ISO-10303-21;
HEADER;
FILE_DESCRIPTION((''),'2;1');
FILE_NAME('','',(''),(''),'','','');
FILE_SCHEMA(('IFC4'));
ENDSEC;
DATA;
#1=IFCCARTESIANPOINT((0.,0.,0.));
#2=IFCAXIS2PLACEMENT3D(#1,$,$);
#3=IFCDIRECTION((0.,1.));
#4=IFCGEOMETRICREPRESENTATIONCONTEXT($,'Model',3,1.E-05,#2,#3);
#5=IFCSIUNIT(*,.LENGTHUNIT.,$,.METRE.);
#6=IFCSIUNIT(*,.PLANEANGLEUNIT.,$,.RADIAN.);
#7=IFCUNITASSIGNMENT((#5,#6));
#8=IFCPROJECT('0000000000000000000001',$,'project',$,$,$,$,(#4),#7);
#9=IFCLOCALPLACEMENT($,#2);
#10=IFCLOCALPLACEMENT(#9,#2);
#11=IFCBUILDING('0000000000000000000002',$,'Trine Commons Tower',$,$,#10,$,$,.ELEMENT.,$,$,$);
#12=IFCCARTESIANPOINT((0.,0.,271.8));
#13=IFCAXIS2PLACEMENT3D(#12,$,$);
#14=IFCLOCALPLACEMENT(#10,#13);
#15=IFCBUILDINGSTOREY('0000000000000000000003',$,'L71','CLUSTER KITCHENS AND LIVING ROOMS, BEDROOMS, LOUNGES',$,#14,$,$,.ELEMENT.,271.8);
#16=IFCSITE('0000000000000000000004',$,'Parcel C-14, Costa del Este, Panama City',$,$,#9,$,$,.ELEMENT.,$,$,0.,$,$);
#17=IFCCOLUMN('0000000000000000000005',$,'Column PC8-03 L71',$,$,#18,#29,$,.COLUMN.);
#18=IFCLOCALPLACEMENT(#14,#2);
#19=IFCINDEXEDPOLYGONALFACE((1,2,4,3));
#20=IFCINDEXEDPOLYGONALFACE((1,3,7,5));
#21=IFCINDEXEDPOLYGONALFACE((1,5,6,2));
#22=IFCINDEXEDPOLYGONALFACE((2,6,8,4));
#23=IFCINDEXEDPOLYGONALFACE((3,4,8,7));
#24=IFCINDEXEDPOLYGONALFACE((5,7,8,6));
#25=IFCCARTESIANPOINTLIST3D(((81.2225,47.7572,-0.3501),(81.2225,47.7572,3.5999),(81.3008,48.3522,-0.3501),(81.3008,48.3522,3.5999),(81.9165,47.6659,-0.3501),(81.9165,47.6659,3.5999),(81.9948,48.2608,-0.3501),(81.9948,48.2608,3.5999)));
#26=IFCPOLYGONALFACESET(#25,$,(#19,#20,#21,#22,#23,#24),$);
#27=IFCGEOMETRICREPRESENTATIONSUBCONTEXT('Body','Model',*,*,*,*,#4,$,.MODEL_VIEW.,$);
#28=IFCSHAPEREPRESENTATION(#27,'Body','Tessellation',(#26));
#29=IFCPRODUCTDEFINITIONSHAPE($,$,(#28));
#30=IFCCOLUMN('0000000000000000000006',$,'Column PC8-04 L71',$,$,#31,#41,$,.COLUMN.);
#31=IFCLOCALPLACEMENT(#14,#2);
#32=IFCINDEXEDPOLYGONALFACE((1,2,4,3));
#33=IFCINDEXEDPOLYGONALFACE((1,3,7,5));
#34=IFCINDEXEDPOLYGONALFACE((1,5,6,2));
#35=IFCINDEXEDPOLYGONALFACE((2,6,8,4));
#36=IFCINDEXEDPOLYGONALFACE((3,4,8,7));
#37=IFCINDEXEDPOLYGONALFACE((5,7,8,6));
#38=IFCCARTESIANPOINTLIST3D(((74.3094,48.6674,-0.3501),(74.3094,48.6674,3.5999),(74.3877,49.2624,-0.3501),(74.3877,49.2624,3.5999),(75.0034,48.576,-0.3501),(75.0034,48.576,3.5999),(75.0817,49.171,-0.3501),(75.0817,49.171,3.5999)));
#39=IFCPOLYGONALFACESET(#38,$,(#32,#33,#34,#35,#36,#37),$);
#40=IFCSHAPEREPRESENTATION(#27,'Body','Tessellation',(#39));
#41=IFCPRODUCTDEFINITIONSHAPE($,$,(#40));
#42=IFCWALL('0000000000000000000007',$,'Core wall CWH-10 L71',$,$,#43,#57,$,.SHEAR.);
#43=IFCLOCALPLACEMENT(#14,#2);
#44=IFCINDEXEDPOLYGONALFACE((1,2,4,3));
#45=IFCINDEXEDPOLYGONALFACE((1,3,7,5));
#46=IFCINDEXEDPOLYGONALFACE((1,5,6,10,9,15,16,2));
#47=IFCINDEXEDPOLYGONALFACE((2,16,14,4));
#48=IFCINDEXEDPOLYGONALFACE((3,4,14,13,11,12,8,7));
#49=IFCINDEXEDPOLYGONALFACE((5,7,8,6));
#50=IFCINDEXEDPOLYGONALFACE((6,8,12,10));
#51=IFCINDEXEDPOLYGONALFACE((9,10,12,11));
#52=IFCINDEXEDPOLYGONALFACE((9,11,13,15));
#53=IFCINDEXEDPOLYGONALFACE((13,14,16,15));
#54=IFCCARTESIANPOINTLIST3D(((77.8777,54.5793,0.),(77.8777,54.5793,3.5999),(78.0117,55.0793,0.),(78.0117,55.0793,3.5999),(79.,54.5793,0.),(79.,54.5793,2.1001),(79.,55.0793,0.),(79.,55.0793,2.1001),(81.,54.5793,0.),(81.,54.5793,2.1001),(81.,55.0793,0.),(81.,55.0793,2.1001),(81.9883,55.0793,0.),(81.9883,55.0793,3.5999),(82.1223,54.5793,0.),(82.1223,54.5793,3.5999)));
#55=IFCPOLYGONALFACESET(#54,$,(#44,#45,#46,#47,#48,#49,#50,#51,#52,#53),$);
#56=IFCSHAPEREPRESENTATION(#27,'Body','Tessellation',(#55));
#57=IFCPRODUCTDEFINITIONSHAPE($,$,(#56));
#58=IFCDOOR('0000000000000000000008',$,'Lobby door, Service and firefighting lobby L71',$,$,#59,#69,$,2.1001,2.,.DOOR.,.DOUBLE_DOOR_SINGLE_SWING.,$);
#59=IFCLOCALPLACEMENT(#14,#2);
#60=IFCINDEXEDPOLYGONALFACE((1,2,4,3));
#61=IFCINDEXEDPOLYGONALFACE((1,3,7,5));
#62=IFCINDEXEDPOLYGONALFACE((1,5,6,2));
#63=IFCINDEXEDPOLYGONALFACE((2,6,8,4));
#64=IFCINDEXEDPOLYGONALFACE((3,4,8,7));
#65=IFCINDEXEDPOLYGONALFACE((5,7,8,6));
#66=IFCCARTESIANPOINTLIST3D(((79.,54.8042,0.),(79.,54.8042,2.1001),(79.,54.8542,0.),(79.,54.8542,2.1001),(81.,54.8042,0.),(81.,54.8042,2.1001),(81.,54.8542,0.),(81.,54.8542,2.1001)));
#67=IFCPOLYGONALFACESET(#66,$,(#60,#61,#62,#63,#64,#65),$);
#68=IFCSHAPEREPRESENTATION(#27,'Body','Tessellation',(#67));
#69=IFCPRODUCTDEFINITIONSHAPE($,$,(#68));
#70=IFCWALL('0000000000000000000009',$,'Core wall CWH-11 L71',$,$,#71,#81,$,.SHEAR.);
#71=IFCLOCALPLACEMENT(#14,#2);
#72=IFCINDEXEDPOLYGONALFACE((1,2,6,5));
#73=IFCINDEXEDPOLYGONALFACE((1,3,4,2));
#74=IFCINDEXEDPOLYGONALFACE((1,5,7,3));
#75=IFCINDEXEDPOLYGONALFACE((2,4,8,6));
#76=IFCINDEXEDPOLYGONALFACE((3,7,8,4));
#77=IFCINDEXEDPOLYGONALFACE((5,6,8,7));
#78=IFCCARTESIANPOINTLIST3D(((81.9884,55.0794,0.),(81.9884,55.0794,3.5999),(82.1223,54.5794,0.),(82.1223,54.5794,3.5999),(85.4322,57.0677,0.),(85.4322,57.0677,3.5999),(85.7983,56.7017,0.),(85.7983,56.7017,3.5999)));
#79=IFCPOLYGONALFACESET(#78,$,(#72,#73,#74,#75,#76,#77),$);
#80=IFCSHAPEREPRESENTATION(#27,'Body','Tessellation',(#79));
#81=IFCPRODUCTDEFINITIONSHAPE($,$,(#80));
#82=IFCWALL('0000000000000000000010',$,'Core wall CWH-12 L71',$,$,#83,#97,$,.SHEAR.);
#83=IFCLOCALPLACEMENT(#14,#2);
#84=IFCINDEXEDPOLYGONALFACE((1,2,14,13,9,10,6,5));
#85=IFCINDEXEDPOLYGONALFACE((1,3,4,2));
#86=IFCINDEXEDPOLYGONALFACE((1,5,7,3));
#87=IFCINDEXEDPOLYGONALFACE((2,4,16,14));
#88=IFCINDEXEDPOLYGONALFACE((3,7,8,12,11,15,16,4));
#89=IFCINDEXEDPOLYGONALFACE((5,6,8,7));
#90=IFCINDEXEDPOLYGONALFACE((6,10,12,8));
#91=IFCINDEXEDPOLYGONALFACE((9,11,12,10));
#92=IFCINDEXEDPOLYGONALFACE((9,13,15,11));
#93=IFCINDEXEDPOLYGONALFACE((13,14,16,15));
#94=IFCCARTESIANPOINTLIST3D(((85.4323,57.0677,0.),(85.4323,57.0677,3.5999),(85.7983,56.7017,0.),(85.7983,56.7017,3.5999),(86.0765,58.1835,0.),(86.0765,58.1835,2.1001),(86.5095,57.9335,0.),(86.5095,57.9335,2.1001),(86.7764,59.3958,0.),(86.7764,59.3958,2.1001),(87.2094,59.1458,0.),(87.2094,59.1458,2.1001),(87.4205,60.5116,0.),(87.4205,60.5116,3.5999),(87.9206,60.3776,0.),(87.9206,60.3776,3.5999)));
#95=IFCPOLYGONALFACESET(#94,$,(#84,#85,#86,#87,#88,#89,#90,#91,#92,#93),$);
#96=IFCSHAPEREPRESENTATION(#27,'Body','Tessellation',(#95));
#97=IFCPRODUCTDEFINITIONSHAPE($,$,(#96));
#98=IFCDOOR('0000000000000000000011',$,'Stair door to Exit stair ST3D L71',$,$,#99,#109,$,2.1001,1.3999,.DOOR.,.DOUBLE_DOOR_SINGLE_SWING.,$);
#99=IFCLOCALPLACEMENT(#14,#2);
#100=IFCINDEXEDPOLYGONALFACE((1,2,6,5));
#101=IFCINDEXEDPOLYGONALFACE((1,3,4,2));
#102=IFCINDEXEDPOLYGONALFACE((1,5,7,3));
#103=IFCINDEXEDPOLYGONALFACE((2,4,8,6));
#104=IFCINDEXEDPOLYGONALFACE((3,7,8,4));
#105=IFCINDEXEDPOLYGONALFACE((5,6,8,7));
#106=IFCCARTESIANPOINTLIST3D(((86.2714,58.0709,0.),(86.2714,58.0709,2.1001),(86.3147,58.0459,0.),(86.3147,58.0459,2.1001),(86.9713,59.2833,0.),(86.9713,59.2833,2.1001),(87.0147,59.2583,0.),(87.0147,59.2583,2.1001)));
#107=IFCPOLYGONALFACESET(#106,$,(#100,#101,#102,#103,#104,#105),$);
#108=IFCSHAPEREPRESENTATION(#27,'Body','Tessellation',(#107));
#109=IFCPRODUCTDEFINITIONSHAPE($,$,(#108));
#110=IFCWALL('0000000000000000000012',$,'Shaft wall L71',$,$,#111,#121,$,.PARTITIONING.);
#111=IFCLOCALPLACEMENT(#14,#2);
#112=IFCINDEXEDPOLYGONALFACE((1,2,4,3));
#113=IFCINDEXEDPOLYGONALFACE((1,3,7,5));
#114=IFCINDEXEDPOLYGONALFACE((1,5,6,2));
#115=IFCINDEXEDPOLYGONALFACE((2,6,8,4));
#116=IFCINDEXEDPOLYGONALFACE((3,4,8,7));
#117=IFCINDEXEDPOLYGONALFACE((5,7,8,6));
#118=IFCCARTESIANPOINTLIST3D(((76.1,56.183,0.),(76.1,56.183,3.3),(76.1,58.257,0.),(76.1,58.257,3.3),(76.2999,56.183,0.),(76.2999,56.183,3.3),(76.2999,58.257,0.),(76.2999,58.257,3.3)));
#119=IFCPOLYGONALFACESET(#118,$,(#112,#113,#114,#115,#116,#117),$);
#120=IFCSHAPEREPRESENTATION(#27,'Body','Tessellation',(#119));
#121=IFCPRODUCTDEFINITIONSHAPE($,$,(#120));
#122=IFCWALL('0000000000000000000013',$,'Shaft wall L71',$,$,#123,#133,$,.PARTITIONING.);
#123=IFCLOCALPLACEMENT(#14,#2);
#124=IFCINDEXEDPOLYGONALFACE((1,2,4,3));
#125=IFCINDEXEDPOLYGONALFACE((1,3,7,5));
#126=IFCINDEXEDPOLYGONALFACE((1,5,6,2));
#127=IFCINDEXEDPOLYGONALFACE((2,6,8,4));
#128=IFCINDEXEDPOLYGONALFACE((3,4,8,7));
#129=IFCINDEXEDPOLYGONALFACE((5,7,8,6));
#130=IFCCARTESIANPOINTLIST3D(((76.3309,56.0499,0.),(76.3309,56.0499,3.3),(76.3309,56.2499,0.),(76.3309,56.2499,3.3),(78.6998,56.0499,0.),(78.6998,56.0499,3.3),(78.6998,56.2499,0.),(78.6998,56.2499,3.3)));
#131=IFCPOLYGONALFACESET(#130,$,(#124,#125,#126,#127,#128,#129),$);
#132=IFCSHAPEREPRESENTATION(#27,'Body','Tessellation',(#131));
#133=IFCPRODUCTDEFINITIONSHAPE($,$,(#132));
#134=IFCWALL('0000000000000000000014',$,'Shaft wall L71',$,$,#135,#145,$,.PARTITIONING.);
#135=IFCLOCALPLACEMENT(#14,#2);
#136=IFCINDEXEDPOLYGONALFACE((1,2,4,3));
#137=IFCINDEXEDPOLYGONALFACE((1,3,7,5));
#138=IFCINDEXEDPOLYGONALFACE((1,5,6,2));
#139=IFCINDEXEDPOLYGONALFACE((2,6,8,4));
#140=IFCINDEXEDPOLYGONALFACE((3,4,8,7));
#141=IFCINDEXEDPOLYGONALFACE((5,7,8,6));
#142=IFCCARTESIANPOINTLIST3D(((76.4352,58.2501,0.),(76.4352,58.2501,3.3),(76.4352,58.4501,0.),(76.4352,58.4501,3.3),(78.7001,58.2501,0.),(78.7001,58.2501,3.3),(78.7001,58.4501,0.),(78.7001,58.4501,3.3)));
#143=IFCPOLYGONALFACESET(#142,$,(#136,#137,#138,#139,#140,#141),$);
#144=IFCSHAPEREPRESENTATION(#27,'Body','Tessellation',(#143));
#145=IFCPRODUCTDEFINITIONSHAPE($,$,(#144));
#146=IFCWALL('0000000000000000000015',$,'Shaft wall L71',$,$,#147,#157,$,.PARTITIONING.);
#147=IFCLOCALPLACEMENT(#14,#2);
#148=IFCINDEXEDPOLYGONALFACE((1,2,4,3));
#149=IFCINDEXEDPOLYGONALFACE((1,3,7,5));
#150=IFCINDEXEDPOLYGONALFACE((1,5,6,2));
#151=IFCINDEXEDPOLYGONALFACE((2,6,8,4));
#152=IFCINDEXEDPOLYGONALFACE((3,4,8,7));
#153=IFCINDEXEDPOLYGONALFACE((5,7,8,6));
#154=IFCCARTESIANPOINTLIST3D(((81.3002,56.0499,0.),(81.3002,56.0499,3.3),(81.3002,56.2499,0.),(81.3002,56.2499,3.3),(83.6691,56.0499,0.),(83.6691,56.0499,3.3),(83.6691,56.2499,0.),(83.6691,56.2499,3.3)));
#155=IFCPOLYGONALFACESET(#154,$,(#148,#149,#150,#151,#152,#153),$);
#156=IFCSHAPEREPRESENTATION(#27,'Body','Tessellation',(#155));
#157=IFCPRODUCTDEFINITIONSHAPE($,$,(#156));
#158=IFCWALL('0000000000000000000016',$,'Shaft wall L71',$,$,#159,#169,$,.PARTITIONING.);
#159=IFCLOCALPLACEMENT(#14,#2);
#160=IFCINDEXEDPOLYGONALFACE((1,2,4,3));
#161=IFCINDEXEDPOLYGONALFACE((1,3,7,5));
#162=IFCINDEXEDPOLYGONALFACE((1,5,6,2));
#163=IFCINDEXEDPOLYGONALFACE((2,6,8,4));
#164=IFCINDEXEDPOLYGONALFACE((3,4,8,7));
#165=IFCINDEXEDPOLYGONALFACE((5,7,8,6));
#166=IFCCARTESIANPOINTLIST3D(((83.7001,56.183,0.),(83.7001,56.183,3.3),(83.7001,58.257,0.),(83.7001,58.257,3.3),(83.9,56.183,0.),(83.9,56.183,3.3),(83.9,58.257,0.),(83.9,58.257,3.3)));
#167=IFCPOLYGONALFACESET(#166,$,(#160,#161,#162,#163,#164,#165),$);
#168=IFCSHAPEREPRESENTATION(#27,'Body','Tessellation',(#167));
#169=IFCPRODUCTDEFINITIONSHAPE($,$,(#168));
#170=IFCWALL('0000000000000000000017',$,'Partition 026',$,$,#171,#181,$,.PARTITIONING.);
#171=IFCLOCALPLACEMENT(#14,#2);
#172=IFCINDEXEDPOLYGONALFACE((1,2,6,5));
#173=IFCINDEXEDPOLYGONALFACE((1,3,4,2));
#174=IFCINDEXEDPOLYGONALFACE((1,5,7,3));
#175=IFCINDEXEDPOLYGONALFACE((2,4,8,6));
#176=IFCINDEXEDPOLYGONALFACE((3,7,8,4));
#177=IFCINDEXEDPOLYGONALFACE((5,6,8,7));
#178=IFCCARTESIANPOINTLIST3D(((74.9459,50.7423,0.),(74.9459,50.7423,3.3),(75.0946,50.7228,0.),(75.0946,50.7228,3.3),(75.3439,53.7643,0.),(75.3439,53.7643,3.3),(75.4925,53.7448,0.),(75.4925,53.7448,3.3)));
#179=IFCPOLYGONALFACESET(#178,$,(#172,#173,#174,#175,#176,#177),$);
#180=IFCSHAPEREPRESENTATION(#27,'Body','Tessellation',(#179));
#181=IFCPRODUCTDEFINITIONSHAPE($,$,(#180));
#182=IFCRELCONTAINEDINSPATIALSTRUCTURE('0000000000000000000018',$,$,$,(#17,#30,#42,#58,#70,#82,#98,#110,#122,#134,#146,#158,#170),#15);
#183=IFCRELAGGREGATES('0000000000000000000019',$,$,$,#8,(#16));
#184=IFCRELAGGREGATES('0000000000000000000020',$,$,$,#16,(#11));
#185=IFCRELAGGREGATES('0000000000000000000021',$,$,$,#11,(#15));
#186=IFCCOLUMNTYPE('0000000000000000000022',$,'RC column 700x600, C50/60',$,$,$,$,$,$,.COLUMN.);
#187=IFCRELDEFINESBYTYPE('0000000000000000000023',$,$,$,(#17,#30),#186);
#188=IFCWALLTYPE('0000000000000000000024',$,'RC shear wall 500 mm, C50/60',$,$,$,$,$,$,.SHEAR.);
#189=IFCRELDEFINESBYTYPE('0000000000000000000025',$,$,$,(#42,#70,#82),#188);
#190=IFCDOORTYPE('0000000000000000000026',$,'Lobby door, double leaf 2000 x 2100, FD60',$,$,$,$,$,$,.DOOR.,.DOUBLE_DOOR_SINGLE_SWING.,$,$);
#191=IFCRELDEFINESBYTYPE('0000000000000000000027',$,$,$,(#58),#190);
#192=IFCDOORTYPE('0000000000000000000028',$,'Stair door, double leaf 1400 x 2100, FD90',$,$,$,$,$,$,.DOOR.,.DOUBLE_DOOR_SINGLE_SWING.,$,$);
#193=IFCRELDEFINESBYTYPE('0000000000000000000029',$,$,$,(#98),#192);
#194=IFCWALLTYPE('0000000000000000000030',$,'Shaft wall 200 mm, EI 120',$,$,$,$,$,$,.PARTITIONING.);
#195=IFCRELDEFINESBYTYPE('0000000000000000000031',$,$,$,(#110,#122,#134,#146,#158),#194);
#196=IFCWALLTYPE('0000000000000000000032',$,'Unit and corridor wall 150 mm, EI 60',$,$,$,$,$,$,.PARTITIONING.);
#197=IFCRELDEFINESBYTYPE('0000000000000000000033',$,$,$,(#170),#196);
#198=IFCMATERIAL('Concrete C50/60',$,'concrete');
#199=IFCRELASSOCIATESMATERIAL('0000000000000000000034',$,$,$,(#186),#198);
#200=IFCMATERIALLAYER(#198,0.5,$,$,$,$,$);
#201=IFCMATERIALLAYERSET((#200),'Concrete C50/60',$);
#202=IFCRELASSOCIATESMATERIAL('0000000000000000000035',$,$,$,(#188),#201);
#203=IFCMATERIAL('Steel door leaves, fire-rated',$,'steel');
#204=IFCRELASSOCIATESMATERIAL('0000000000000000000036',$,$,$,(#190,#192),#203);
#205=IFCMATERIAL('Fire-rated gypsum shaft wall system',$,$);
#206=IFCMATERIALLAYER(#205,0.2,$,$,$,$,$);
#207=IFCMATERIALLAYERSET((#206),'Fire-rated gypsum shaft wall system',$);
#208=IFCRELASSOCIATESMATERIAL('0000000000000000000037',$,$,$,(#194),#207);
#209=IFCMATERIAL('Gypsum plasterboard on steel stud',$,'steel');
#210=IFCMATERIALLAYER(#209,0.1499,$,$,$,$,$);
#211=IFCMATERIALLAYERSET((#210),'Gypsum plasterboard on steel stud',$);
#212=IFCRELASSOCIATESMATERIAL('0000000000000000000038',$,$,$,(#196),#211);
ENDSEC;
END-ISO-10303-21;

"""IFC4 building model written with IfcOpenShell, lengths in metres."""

from ifc_helpers import new_model, si_unit, direction, frame, frame_2d, origin, origin_2d, place, context, subcontext, project, spatial, polyline, rectangle, outline, extrude, material, layer, layer_set, material_profile, profile_set, type_object, element, fill, save


model = new_model("IFC4")

# Units and contexts
model_context = context("Model", 3, precision=1e-05, world=origin(), true_north=direction((0.0, 1.0)))
body_context = subcontext(model_context, "Body", "Model", "MODEL_VIEW")
ifc_project = project(units=[si_unit("LENGTHUNIT", "METRE"), si_unit("PLANEANGLEUNIT", "RADIAN")], contexts=[model_context])

# Site, building, storey
site_placement = place(None, origin())
site = spatial("IfcSite", under=ifc_project, at=site_placement, Name="Parcel C-14, Costa del Este, Panama City", CompositionType="ELEMENT", RefElevation=0.0)
building_placement = place(site_placement, origin())
building = spatial("IfcBuilding", under=site, at=building_placement, Name="Trine Commons Tower", CompositionType="ELEMENT")
storey_placement = place(building_placement, frame((0.0, 0.0, 271.8)))
storey = spatial("IfcBuildingStorey", under=building, at=storey_placement, Name="L71", Description="CLUSTER KITCHENS AND LIVING ROOMS, BEDROOMS, LOUNGES", CompositionType="ELEMENT", Elevation=271.8)

# Columns
ifc_material_1 = material(Name="Concrete C50/60", Category="concrete")
ifc_material_profile = material_profile(ifc_material_1, rectangle(XDim=0.7, YDim=0.6001, at=origin_2d()), Name="RC 700x600")
ifc_profile_set = profile_set([ifc_material_profile], Name="Concrete C50/60")
column_type = type_object("IfcColumnType", Name="RC column 700x600, C50/60", PredefinedType="COLUMN", material=ifc_profile_set)
for number, where, z_axis, x_axis, name in (
    (1, (81.6086, 48.009, -0.3501), (0.0, 0.0, 1.0), (-0.991445, 0.130526, 0.0), "Column PC8-03 L71"),
    (2, (74.6956, 48.9192, -0.3501), (0.0, 0.0, 1.0), (-0.991445, 0.130526, 0.0), "Column PC8-04 L71"),
):
    element("IfcColumn", number, at=place(storey_placement, frame(where, z_axis=z_axis, x_axis=x_axis)), inside=storey, type_object=column_type, Name=name, PredefinedType="COLUMN", context=body_context, shape_type="SweptSolid", body=[
        extrude(rectangle(XDim=0.7, YDim=0.6001, at=origin_2d()), origin(), (0.0, 0.0, 1.0), 3.95),
    ])

# Wall, opening, door
ifc_layer_1 = layer(ifc_material_1, 0.5)
ifc_layer_set_1 = layer_set([ifc_layer_1], Name="Concrete C50/60")
wall_type_1 = type_object("IfcWallType", Name="RC shear wall 500 mm, C50/60", PredefinedType="SHEAR", material=ifc_layer_set_1)
wall_1_placement = place(storey_placement, frame((77.8777, 54.8293, 0.0), z_axis=(0.0, 0.0, 1.0), x_axis=(1.0, 0.0, 0.0)))
wall_1 = element("IfcWall", 3, at=wall_1_placement, inside=storey, type_object=wall_type_1, Name="Core wall CWH-10 L71", PredefinedType="SHEAR", context=body_context, shape_type="SweptSolid", body=[
    extrude(outline(polyline([(0.0, -0.25), (4.2446, -0.25), (4.1106, 0.25), (0.134, 0.25), (0.0, -0.25)])), origin(), (0.0, 0.0, 1.0), 3.5999),
])
opening_1_placement = place(wall_1_placement, frame((1.1223, 0.0, 0.0)))
opening_1 = element("IfcOpeningElement", 4, at=opening_1_placement, cuts=wall_1, PredefinedType="OPENING", context=body_context, shape_type="SweptSolid", body=[
    extrude(rectangle(XDim=2.0, YDim=2.1001, at=frame_2d((1.0, 1.05))), frame((0.0, 0.26, 0.0), z_axis=(0.0, -1.0, 0.0), x_axis=(1.0, 0.0, 0.0)), (0.0, 0.0, 1.0), 0.52),
])
ifc_material_2 = material(Name="Steel door leaves, fire-rated", Category="steel")
door_type_1 = type_object("IfcDoorType", Name="Lobby door, double leaf 2000 x 2100, FD60", OperationType="DOUBLE_DOOR_SINGLE_SWING", PredefinedType="DOOR", material=ifc_material_2)
door_1_placement = place(opening_1_placement, origin())
door_1 = element("IfcDoor", 5, at=door_1_placement, inside=storey, type_object=door_type_1, Name="Lobby door, Service and firefighting lobby L71", OperationType="DOUBLE_DOOR_SINGLE_SWING", OverallHeight=2.1001, OverallWidth=2.0, PredefinedType="DOOR", context=body_context, shape_type="SweptSolid", body=[
    extrude(rectangle(XDim=2.0, YDim=2.1001, at=frame_2d((1.0, 1.05))), frame((0.0, 0.0249, 0.0), z_axis=(0.0, -1.0, 0.0), x_axis=(1.0, 0.0, 0.0)), (0.0, 0.0, 1.0), 0.05),
])
fill(opening_1, door_1)

# Wall
wall_2_placement = place(storey_placement, frame((81.9973, 54.7959, 0.0), z_axis=(0.0, 0.0, 1.0), x_axis=(0.866029, 0.499993, 0.0)))
element("IfcWall", 6, at=wall_2_placement, inside=storey, type_object=wall_type_1, Name="Core wall CWH-11 L71", PredefinedType="SHEAR", context=body_context, shape_type="SweptSolid", body=[
    extrude(outline(polyline([(0.0, -0.25), (4.2446, -0.25), (4.1106, 0.25), (0.134, 0.25), (0.0, -0.25)])), origin(), (0.0, 0.0, 1.0), 3.5999),
])

# Wall, opening, door
wall_3_placement = place(storey_placement, frame((85.5818, 56.8267, 0.0), z_axis=(0.0, 0.0, 1.0), x_axis=(0.499993, 0.866029, 0.0)))
wall_3 = element("IfcWall", 7, at=wall_3_placement, inside=storey, type_object=wall_type_1, Name="Core wall CWH-12 L71", PredefinedType="SHEAR", context=body_context, shape_type="SweptSolid", body=[
    extrude(outline(polyline([(0.0, -0.25), (4.2446, -0.25), (4.1106, 0.25), (0.134, 0.25), (0.0, -0.25)])), origin(), (0.0, 0.0, 1.0), 3.5999),
])
opening_2_placement = place(wall_3_placement, frame((1.4224, 0.0, 0.0)))
opening_2 = element("IfcOpeningElement", 8, at=opening_2_placement, cuts=wall_3, PredefinedType="OPENING", context=body_context, shape_type="SweptSolid", body=[
    extrude(rectangle(XDim=1.3999, YDim=2.1001, at=frame_2d((0.7, 1.05))), frame((0.0, 0.26, 0.0), z_axis=(0.0, -1.0, 0.0), x_axis=(1.0, 0.0, 0.0)), (0.0, 0.0, 1.0), 0.52),
])
door_type_2 = type_object("IfcDoorType", Name="Stair door, double leaf 1400 x 2100, FD90", OperationType="DOUBLE_DOOR_SINGLE_SWING", PredefinedType="DOOR", material=ifc_material_2)
door_2_placement = place(opening_2_placement, origin())
door_2 = element("IfcDoor", 9, at=door_2_placement, inside=storey, type_object=door_type_2, Name="Stair door to Exit stair ST3D L71", OperationType="DOUBLE_DOOR_SINGLE_SWING", OverallHeight=2.1001, OverallWidth=1.3999, PredefinedType="DOOR", context=body_context, shape_type="SweptSolid", body=[
    extrude(rectangle(XDim=1.3999, YDim=2.1001, at=frame_2d((0.7, 1.05))), frame((0.0, 0.0249, 0.0), z_axis=(0.0, -1.0, 0.0), x_axis=(1.0, 0.0, 0.0)), (0.0, 0.0, 1.0), 0.05),
])
fill(opening_2, door_2)

# Walls
ifc_material_3 = material(Name="Fire-rated gypsum shaft wall system")
ifc_layer_2 = layer(ifc_material_3, 0.2)
ifc_layer_set_2 = layer_set([ifc_layer_2], Name="Fire-rated gypsum shaft wall system")
wall_type_2 = type_object("IfcWallType", Name="Shaft wall 200 mm, EI 120", PredefinedType="PARTITIONING", material=ifc_layer_set_2)
wall_4_placement = place(storey_placement, frame((76.2, 58.2571, 0.0), z_axis=(0.0, 0.0, 1.0), x_axis=(0.0, -1.0, 0.0)))
element("IfcWall", 10, at=wall_4_placement, inside=storey, type_object=wall_type_2, Name="Shaft wall L71", PredefinedType="PARTITIONING", context=body_context, shape_type="SweptSolid", body=[
    extrude(rectangle(XDim=2.074, YDim=0.2, at=frame_2d((1.0371, 0.0))), origin(), (0.0, 0.0, 1.0), 3.3),
])
wall_5_placement = place(storey_placement, frame((78.7, 56.1499, 0.0), z_axis=(0.0, 0.0, 1.0), x_axis=(-1.0, 0.0, 0.0)))
element("IfcWall", 11, at=wall_5_placement, inside=storey, type_object=wall_type_2, Name="Shaft wall L71", PredefinedType="PARTITIONING", context=body_context, shape_type="SweptSolid", body=[
    extrude(rectangle(XDim=2.3689, YDim=0.2, at=frame_2d((1.1846, 0.0))), origin(), (0.0, 0.0, 1.0), 3.3),
])
wall_6_placement = place(storey_placement, frame((78.7, 58.3501, 0.0), z_axis=(0.0, 0.0, 1.0), x_axis=(-1.0, 0.0, 0.0)))
element("IfcWall", 12, at=wall_6_placement, inside=storey, type_object=wall_type_2, Name="Shaft wall L71", PredefinedType="PARTITIONING", context=body_context, shape_type="SweptSolid", body=[
    extrude(rectangle(XDim=2.2649, YDim=0.2, at=frame_2d((1.1323, 0.0))), origin(), (0.0, 0.0, 1.0), 3.3),
])
wall_7_placement = place(storey_placement, frame((81.3, 56.1499, 0.0), z_axis=(0.0, 0.0, 1.0), x_axis=(1.0, 0.0, 0.0)))
element("IfcWall", 13, at=wall_7_placement, inside=storey, type_object=wall_type_2, Name="Shaft wall L71", PredefinedType="PARTITIONING", context=body_context, shape_type="SweptSolid", body=[
    extrude(rectangle(XDim=2.3689, YDim=0.2, at=frame_2d((1.1846, 0.0))), origin(), (0.0, 0.0, 1.0), 3.3),
])
wall_8_placement = place(storey_placement, frame((83.8, 58.2571, 0.0), z_axis=(0.0, 0.0, 1.0), x_axis=(0.0, -1.0, 0.0)))
element("IfcWall", 14, at=wall_8_placement, inside=storey, type_object=wall_type_2, Name="Shaft wall L71", PredefinedType="PARTITIONING", context=body_context, shape_type="SweptSolid", body=[
    extrude(rectangle(XDim=2.074, YDim=0.2, at=frame_2d((1.0371, 0.0))), origin(), (0.0, 0.0, 1.0), 3.3),
])
ifc_material_4 = material(Name="Gypsum plasterboard on steel stud", Category="steel")
ifc_layer_3 = layer(ifc_material_4, 0.1499)
ifc_layer_set_3 = layer_set([ifc_layer_3], Name="Gypsum plasterboard on steel stud")
wall_type_3 = type_object("IfcWallType", Name="Unit and corridor wall 150 mm, EI 60", PredefinedType="PARTITIONING", material=ifc_layer_set_3)
wall_9_placement = place(storey_placement, frame((75.0203, 50.7327, 0.0), z_axis=(0.0, 0.0, 1.0), x_axis=(0.130558, 0.991441, 0.0)))
element("IfcWall", 15, at=wall_9_placement, inside=storey, type_object=wall_type_3, Name="Partition 026", PredefinedType="PARTITIONING", context=body_context, shape_type="SweptSolid", body=[
    extrude(rectangle(XDim=3.0481, YDim=0.1499, at=frame_2d((1.5239, 0.0))), origin(), (0.0, 0.0, 1.0), 3.3),
])

save(model, "model.ifc")
